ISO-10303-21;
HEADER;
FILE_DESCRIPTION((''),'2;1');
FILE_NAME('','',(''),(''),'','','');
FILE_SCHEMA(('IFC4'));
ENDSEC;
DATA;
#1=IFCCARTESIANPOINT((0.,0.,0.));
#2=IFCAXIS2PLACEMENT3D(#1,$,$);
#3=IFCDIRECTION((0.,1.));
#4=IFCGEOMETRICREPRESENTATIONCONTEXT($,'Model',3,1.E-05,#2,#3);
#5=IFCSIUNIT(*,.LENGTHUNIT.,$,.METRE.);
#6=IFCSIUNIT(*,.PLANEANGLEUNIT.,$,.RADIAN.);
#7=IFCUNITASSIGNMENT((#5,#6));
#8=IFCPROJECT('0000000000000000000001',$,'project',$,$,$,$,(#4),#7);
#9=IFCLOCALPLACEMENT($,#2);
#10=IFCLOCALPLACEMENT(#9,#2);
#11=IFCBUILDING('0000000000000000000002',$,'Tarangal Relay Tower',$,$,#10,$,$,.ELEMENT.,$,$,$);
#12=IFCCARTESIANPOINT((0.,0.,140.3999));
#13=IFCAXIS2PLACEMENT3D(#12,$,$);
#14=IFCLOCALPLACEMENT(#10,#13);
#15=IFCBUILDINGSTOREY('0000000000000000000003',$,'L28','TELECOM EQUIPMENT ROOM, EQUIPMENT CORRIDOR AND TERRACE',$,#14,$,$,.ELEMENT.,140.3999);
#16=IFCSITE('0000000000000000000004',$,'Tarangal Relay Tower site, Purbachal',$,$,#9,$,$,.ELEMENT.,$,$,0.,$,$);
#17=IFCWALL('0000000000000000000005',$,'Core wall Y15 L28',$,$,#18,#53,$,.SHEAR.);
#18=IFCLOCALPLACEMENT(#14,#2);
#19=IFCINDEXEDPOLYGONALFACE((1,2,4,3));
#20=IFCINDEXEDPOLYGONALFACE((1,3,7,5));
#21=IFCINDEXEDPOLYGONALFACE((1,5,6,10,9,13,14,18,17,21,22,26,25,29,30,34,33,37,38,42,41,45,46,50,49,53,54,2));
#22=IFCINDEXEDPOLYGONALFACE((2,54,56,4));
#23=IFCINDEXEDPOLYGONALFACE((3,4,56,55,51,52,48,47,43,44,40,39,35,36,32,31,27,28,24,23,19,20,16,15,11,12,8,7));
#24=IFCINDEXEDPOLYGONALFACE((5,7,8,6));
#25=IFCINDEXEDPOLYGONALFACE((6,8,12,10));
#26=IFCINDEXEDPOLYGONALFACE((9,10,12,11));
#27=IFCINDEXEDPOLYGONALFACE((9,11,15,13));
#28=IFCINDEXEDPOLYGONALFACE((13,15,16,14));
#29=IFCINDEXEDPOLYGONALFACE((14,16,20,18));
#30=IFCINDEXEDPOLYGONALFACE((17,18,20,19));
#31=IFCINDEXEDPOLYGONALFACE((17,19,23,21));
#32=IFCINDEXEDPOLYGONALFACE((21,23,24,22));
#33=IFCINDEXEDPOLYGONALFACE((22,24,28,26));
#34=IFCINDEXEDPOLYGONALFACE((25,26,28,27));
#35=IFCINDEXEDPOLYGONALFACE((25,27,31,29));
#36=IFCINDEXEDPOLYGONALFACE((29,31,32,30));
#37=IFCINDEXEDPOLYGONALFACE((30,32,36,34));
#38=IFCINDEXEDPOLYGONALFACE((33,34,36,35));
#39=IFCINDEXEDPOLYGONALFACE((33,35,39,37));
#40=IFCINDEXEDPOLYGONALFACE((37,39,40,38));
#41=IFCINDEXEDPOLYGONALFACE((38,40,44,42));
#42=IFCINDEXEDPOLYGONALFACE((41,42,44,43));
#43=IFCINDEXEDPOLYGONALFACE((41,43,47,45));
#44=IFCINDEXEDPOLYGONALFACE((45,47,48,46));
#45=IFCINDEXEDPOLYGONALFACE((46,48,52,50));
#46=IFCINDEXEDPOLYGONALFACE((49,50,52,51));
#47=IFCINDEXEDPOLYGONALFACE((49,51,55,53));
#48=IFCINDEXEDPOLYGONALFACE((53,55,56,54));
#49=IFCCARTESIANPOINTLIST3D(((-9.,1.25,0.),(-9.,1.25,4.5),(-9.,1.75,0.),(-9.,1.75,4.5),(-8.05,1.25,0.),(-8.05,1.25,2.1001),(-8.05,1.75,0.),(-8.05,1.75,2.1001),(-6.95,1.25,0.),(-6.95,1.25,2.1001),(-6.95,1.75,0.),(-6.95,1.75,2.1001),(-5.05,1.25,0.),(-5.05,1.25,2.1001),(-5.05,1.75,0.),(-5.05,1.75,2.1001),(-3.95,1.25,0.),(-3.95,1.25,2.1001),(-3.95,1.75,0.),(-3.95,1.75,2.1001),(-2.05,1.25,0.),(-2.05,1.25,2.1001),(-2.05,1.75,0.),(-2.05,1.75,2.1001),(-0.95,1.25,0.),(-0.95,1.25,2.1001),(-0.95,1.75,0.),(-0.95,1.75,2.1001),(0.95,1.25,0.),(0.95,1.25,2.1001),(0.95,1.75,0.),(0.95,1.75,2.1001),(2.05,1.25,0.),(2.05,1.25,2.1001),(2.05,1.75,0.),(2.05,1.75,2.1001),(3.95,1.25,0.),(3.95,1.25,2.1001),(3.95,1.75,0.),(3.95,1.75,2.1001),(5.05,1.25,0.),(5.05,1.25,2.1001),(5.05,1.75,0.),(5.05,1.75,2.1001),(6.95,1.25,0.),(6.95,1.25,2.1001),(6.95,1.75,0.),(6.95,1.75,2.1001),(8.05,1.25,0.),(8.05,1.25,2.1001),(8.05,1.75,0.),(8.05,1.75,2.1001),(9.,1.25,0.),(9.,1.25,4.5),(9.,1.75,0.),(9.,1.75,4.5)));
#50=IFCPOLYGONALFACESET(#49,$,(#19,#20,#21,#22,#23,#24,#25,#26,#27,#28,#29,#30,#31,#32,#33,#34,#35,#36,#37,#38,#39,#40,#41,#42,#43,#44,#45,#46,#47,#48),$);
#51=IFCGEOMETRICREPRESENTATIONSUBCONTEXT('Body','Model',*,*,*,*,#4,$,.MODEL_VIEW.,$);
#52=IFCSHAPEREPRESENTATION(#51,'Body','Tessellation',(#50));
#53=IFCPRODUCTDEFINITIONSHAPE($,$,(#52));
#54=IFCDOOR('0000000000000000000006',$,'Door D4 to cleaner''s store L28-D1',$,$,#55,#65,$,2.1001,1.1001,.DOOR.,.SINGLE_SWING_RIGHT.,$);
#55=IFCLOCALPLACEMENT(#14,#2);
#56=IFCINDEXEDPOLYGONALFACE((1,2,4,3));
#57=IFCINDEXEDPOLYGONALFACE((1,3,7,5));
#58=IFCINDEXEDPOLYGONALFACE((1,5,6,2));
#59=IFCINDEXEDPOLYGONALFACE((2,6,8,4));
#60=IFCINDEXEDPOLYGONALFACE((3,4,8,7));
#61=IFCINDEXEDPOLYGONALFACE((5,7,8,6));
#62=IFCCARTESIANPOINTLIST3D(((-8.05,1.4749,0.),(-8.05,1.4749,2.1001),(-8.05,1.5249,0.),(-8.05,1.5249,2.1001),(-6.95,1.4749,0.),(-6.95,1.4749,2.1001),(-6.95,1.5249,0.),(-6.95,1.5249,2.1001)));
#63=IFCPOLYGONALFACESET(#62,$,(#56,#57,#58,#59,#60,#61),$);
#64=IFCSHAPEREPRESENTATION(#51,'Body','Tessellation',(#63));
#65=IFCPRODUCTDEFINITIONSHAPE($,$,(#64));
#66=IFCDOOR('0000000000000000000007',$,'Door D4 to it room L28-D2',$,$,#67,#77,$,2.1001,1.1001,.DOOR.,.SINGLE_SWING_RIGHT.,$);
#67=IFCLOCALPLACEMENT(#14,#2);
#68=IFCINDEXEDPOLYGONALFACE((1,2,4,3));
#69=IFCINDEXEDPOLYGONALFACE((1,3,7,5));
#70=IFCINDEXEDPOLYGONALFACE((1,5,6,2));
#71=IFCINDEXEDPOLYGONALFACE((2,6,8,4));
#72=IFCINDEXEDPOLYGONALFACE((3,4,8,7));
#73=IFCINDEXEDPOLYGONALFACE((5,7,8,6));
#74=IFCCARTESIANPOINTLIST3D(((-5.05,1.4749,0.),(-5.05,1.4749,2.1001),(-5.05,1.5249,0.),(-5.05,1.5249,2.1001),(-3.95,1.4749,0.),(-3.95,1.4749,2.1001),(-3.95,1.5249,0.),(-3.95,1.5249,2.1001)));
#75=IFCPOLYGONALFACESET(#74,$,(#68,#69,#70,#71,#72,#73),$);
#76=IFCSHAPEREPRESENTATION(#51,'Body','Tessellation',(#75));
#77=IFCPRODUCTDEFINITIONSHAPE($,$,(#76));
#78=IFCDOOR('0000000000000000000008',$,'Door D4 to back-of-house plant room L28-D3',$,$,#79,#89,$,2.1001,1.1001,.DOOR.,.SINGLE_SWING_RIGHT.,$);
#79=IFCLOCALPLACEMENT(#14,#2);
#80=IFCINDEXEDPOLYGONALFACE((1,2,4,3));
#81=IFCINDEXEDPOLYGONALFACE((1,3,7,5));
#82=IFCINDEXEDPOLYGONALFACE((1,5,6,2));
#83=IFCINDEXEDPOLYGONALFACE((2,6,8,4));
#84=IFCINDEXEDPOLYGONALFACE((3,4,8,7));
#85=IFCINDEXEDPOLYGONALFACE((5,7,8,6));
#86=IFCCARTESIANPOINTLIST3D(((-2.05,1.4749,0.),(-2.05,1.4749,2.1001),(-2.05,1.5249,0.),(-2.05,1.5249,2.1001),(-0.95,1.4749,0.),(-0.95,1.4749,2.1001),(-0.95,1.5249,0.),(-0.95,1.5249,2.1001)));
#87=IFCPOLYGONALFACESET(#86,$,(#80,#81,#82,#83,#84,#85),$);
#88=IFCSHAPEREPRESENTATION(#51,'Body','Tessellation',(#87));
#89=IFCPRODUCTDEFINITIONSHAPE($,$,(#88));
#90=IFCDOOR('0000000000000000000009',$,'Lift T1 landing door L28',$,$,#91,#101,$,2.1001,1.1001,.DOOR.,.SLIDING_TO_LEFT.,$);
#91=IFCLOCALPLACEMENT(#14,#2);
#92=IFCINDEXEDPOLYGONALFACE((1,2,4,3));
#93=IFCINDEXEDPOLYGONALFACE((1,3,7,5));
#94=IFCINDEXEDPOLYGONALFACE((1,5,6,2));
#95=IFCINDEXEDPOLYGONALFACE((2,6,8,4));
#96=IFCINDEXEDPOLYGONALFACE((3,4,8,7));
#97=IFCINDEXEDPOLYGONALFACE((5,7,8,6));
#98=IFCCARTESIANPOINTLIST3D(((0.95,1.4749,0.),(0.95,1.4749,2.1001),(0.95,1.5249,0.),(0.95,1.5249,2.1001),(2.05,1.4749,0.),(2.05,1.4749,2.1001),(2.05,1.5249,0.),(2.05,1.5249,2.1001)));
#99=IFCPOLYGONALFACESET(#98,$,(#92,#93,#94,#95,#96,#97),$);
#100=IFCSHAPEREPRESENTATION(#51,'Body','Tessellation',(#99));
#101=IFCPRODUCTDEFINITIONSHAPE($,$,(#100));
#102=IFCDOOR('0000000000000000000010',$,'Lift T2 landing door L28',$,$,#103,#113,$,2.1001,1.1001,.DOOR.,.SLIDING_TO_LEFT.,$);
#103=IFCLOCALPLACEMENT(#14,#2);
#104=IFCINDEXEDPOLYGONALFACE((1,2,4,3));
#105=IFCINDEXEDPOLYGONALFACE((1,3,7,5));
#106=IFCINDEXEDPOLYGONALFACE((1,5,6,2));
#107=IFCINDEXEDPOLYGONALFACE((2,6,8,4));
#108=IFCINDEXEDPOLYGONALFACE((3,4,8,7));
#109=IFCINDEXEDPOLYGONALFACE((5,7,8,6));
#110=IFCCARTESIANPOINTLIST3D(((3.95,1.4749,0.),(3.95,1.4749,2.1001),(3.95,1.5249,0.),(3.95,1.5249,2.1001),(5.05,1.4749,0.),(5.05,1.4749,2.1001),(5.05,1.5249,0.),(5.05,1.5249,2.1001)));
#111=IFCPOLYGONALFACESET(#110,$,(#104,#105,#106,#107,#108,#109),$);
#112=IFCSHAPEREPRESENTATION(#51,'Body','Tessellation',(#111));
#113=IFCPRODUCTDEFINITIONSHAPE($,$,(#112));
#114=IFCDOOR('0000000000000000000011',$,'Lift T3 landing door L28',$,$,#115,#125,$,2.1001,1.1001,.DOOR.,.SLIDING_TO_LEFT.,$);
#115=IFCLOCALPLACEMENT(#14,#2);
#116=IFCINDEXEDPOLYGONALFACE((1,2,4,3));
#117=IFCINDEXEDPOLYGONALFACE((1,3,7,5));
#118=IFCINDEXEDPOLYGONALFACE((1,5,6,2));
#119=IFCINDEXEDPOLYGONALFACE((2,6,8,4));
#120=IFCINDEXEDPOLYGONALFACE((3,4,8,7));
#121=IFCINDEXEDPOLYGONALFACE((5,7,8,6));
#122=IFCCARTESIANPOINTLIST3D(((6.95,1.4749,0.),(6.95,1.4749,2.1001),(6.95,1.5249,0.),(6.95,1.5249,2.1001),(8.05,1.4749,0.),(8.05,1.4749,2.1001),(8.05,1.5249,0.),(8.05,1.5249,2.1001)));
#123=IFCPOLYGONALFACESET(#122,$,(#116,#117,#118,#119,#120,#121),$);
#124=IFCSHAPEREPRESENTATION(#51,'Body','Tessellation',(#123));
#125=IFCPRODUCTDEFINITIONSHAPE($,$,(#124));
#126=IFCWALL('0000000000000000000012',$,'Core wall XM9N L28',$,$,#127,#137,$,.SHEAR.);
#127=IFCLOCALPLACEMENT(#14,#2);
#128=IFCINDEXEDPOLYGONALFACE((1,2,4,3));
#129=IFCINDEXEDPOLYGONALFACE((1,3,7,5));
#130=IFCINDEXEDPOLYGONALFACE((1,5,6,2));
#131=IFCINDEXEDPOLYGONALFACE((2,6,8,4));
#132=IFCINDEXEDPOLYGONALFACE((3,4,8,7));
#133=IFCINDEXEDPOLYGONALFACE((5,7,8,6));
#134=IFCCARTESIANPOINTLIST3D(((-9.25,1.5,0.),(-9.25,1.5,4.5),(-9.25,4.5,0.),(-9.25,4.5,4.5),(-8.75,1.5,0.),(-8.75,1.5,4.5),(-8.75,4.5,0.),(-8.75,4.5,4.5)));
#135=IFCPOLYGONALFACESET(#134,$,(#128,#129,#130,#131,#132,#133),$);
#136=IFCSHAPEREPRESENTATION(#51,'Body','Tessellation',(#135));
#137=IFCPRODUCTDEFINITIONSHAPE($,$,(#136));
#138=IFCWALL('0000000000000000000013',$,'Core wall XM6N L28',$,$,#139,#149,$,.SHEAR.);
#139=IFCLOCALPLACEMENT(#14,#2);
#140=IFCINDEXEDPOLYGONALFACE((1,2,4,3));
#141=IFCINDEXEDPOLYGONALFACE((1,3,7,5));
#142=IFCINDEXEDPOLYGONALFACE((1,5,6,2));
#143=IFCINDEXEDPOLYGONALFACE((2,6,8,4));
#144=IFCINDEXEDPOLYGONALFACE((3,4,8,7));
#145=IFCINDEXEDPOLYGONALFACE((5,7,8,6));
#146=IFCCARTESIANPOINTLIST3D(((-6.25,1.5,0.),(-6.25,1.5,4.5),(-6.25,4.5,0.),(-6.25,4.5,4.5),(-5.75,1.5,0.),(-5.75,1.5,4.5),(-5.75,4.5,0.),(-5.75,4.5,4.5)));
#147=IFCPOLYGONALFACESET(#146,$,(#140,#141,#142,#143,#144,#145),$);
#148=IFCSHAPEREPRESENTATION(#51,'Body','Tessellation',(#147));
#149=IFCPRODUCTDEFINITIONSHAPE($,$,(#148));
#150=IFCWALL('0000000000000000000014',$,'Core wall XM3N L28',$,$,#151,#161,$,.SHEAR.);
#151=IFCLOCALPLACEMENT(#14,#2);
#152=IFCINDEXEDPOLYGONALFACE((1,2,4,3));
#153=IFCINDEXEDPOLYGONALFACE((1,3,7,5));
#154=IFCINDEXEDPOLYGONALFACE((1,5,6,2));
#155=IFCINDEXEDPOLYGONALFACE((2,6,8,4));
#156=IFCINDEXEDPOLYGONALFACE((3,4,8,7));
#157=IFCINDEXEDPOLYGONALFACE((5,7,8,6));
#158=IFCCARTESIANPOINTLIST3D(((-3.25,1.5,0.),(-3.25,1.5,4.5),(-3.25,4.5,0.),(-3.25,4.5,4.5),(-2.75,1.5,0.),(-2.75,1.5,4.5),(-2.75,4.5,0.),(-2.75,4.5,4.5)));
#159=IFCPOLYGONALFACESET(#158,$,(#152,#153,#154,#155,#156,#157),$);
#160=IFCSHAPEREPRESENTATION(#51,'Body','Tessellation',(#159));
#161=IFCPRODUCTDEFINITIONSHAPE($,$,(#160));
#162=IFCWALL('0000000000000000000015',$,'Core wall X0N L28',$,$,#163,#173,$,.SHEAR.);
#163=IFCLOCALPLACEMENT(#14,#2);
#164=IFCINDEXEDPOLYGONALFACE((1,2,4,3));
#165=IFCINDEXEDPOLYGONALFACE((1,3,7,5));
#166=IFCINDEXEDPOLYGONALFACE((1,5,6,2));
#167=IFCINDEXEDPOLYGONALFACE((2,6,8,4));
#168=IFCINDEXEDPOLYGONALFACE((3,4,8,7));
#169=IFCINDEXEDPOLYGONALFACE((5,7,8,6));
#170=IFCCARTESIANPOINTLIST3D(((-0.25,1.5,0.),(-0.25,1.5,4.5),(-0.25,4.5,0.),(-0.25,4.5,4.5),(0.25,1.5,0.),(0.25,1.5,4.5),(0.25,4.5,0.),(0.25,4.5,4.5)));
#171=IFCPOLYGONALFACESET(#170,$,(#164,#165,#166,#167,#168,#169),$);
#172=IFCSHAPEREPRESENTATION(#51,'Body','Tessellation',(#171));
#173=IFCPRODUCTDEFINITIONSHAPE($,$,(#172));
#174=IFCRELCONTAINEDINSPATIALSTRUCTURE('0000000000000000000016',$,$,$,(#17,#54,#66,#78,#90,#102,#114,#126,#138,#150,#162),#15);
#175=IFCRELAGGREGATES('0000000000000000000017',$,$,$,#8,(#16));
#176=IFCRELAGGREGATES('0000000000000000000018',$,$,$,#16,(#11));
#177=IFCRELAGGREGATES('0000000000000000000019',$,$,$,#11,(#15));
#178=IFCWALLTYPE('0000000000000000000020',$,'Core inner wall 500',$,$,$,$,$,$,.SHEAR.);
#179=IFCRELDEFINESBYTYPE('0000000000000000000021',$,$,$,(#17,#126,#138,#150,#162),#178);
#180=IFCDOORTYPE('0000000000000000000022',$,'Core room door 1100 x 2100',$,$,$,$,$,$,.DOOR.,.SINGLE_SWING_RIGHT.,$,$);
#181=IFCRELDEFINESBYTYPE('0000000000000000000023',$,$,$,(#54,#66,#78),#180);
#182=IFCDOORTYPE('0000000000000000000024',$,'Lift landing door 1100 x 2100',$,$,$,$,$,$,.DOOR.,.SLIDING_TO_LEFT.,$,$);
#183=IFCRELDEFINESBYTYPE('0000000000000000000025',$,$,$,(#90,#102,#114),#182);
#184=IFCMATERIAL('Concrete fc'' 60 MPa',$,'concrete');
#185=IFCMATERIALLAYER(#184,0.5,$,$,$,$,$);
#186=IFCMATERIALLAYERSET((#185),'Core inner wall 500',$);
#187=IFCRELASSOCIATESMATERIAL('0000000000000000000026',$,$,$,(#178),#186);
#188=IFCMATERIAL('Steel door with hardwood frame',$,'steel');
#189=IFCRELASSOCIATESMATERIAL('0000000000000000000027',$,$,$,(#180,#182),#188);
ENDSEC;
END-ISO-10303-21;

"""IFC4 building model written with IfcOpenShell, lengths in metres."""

from ifc_helpers import new_model, si_unit, direction, frame, frame_2d, origin, place, context, subcontext, project, spatial, rectangle, extrude, material, layer, layer_set, type_object, element, fill, save


model = new_model("IFC4")

# Units and contexts
model_context = context("Model", 3, precision=1e-05, world=origin(), true_north=direction((0.0, 1.0)))
body_context = subcontext(model_context, "Body", "Model", "MODEL_VIEW")
ifc_project = project(units=[si_unit("LENGTHUNIT", "METRE"), si_unit("PLANEANGLEUNIT", "RADIAN")], contexts=[model_context])

# Site, building, storey
site_placement = place(None, origin())
site = spatial("IfcSite", under=ifc_project, at=site_placement, Name="Tarangal Relay Tower site, Purbachal", CompositionType="ELEMENT", RefElevation=0.0)
building_placement = place(site_placement, origin())
building = spatial("IfcBuilding", under=site, at=building_placement, Name="Tarangal Relay Tower", CompositionType="ELEMENT")
storey_placement = place(building_placement, frame((0.0, 0.0, 140.3999)))
storey = spatial("IfcBuildingStorey", under=building, at=storey_placement, Name="L28", Description="TELECOM EQUIPMENT ROOM, EQUIPMENT CORRIDOR AND TERRACE", CompositionType="ELEMENT", Elevation=140.3999)

# Wall, openings, doors
ifc_material_1 = material(Name="Concrete fc' 60 MPa", Category="concrete")
ifc_layer_1 = layer(ifc_material_1, 0.5)
ifc_layer_set_1 = layer_set([ifc_layer_1], Name="Core inner wall 500")
wall_type = type_object("IfcWallType", Name="Core inner wall 500", PredefinedType="SHEAR", material=ifc_layer_set_1)
wall_1_placement = place(storey_placement, frame((-9.0, 1.5, 0.0), z_axis=(0.0, 0.0, 1.0), x_axis=(1.0, 0.0, 0.0)))
wall_1 = element("IfcWall", 1, at=wall_1_placement, inside=storey, type_object=wall_type, Name="Core wall Y15 L28", PredefinedType="SHEAR", context=body_context, shape_type="SweptSolid", body=[
    extrude(rectangle(XDim=18.0, YDim=0.5, at=frame_2d((9.0, 0.0))), origin(), (0.0, 0.0, 1.0), 4.5),
])
opening_1_placement = place(wall_1_placement, frame((9.95, 0.0, 0.0)))
opening_1 = element("IfcOpeningElement", 2, at=opening_1_placement, cuts=wall_1, PredefinedType="OPENING", context=body_context, shape_type="SweptSolid", body=[
    extrude(rectangle(XDim=1.1001, YDim=2.1001, at=frame_2d((0.55, 1.05))), frame((0.0, 0.26, 0.0), z_axis=(0.0, -1.0, 0.0), x_axis=(1.0, 0.0, 0.0)), (0.0, 0.0, 1.0), 0.52),
])
opening_2_placement = place(wall_1_placement, frame((12.95, 0.0, 0.0)))
opening_2 = element("IfcOpeningElement", 3, at=opening_2_placement, cuts=wall_1, PredefinedType="OPENING", context=body_context, shape_type="SweptSolid", body=[
    extrude(rectangle(XDim=1.1001, YDim=2.1001, at=frame_2d((0.55, 1.05))), frame((0.0, 0.26, 0.0), z_axis=(0.0, -1.0, 0.0), x_axis=(1.0, 0.0, 0.0)), (0.0, 0.0, 1.0), 0.52),
])
opening_3_placement = place(wall_1_placement, frame((15.95, 0.0, 0.0)))
opening_3 = element("IfcOpeningElement", 4, at=opening_3_placement, cuts=wall_1, PredefinedType="OPENING", context=body_context, shape_type="SweptSolid", body=[
    extrude(rectangle(XDim=1.1001, YDim=2.1001, at=frame_2d((0.55, 1.05))), frame((0.0, 0.26, 0.0), z_axis=(0.0, -1.0, 0.0), x_axis=(1.0, 0.0, 0.0)), (0.0, 0.0, 1.0), 0.52),
])
opening_4_placement = place(wall_1_placement, frame((0.95, 0.0, 0.0)))
opening_4 = element("IfcOpeningElement", 5, at=opening_4_placement, cuts=wall_1, PredefinedType="OPENING", context=body_context, shape_type="SweptSolid", body=[
    extrude(rectangle(XDim=1.1001, YDim=2.1001, at=frame_2d((0.55, 1.05))), frame((0.0, 0.26, 0.0), z_axis=(0.0, -1.0, 0.0), x_axis=(1.0, 0.0, 0.0)), (0.0, 0.0, 1.0), 0.52),
])
opening_5_placement = place(wall_1_placement, frame((3.95, 0.0, 0.0)))
opening_5 = element("IfcOpeningElement", 6, at=opening_5_placement, cuts=wall_1, PredefinedType="OPENING", context=body_context, shape_type="SweptSolid", body=[
    extrude(rectangle(XDim=1.1001, YDim=2.1001, at=frame_2d((0.55, 1.05))), frame((0.0, 0.26, 0.0), z_axis=(0.0, -1.0, 0.0), x_axis=(1.0, 0.0, 0.0)), (0.0, 0.0, 1.0), 0.52),
])
opening_6_placement = place(wall_1_placement, frame((6.95, 0.0, 0.0)))
opening_6 = element("IfcOpeningElement", 7, at=opening_6_placement, cuts=wall_1, PredefinedType="OPENING", context=body_context, shape_type="SweptSolid", body=[
    extrude(rectangle(XDim=1.1001, YDim=2.1001, at=frame_2d((0.55, 1.05))), frame((0.0, 0.26, 0.0), z_axis=(0.0, -1.0, 0.0), x_axis=(1.0, 0.0, 0.0)), (0.0, 0.0, 1.0), 0.52),
])
ifc_material_2 = material(Name="Steel door with hardwood frame", Category="steel")
door_type_1 = type_object("IfcDoorType", Name="Core room door 1100 x 2100", OperationType="SINGLE_SWING_RIGHT", PredefinedType="DOOR", material=ifc_material_2)
door_1_placement = place(opening_4_placement, origin())
door_1 = element("IfcDoor", 8, at=door_1_placement, inside=storey, type_object=door_type_1, Name="Door D4 to cleaner's store L28-D1", OperationType="SINGLE_SWING_RIGHT", OverallHeight=2.1001, OverallWidth=1.1001, PredefinedType="DOOR", context=body_context, shape_type="SweptSolid", body=[
    extrude(rectangle(XDim=1.1001, YDim=2.1001, at=frame_2d((0.55, 1.05))), frame((0.0, 0.0249, 0.0), z_axis=(0.0, -1.0, 0.0), x_axis=(1.0, 0.0, 0.0)), (0.0, 0.0, 1.0), 0.05),
])
fill(opening_4, door_1)
door_2_placement = place(opening_5_placement, origin())
door_2 = element("IfcDoor", 9, at=door_2_placement, inside=storey, type_object=door_type_1, Name="Door D4 to it room L28-D2", OperationType="SINGLE_SWING_RIGHT", OverallHeight=2.1001, OverallWidth=1.1001, PredefinedType="DOOR", context=body_context, shape_type="SweptSolid", body=[
    extrude(rectangle(XDim=1.1001, YDim=2.1001, at=frame_2d((0.55, 1.05))), frame((0.0, 0.0249, 0.0), z_axis=(0.0, -1.0, 0.0), x_axis=(1.0, 0.0, 0.0)), (0.0, 0.0, 1.0), 0.05),
])
fill(opening_5, door_2)
door_3_placement = place(opening_6_placement, origin())
door_3 = element("IfcDoor", 10, at=door_3_placement, inside=storey, type_object=door_type_1, Name="Door D4 to back-of-house plant room L28-D3", OperationType="SINGLE_SWING_RIGHT", OverallHeight=2.1001, OverallWidth=1.1001, PredefinedType="DOOR", context=body_context, shape_type="SweptSolid", body=[
    extrude(rectangle(XDim=1.1001, YDim=2.1001, at=frame_2d((0.55, 1.05))), frame((0.0, 0.0249, 0.0), z_axis=(0.0, -1.0, 0.0), x_axis=(1.0, 0.0, 0.0)), (0.0, 0.0, 1.0), 0.05),
])
fill(opening_6, door_3)
door_type_2 = type_object("IfcDoorType", Name="Lift landing door 1100 x 2100", OperationType="SLIDING_TO_LEFT", PredefinedType="DOOR", material=ifc_material_2)
door_4_placement = place(opening_1_placement, origin())
door_4 = element("IfcDoor", 11, at=door_4_placement, inside=storey, type_object=door_type_2, Name="Lift T1 landing door L28", OperationType="SLIDING_TO_LEFT", OverallHeight=2.1001, OverallWidth=1.1001, PredefinedType="DOOR", context=body_context, shape_type="SweptSolid", body=[
    extrude(rectangle(XDim=1.1001, YDim=2.1001, at=frame_2d((0.55, 1.05))), frame((0.0, 0.0249, 0.0), z_axis=(0.0, -1.0, 0.0), x_axis=(1.0, 0.0, 0.0)), (0.0, 0.0, 1.0), 0.05),
])
fill(opening_1, door_4)
door_5_placement = place(opening_2_placement, origin())
door_5 = element("IfcDoor", 12, at=door_5_placement, inside=storey, type_object=door_type_2, Name="Lift T2 landing door L28", OperationType="SLIDING_TO_LEFT", OverallHeight=2.1001, OverallWidth=1.1001, PredefinedType="DOOR", context=body_context, shape_type="SweptSolid", body=[
    extrude(rectangle(XDim=1.1001, YDim=2.1001, at=frame_2d((0.55, 1.05))), frame((0.0, 0.0249, 0.0), z_axis=(0.0, -1.0, 0.0), x_axis=(1.0, 0.0, 0.0)), (0.0, 0.0, 1.0), 0.05),
])
fill(opening_2, door_5)
door_6_placement = place(opening_3_placement, origin())
door_6 = element("IfcDoor", 13, at=door_6_placement, inside=storey, type_object=door_type_2, Name="Lift T3 landing door L28", OperationType="SLIDING_TO_LEFT", OverallHeight=2.1001, OverallWidth=1.1001, PredefinedType="DOOR", context=body_context, shape_type="SweptSolid", body=[
    extrude(rectangle(XDim=1.1001, YDim=2.1001, at=frame_2d((0.55, 1.05))), frame((0.0, 0.0249, 0.0), z_axis=(0.0, -1.0, 0.0), x_axis=(1.0, 0.0, 0.0)), (0.0, 0.0, 1.0), 0.05),
])
fill(opening_3, door_6)

# Walls
for number, where, z_axis, x_axis, name in (
    (14, (-9.0, 1.5, 0.0), (0.0, 0.0, 1.0), (0.0, 1.0, 0.0), "Core wall XM9N L28"),
    (15, (-6.0, 1.5, 0.0), (0.0, 0.0, 1.0), (0.0, 1.0, 0.0), "Core wall XM6N L28"),
    (16, (-3.0, 1.5, 0.0), (0.0, 0.0, 1.0), (0.0, 1.0, 0.0), "Core wall XM3N L28"),
    (17, (0.0, 1.5, 0.0), (0.0, 0.0, 1.0), (0.0, 1.0, 0.0), "Core wall X0N L28"),
):
    element("IfcWall", number, at=place(storey_placement, frame(where, z_axis=z_axis, x_axis=x_axis)), inside=storey, type_object=wall_type, Name=name, PredefinedType="SHEAR", context=body_context, shape_type="SweptSolid", body=[
        extrude(rectangle(XDim=3.0, YDim=0.5, at=frame_2d((1.5, 0.0))), origin(), (0.0, 0.0, 1.0), 4.5),
    ])

save(model, "model.ifc")
